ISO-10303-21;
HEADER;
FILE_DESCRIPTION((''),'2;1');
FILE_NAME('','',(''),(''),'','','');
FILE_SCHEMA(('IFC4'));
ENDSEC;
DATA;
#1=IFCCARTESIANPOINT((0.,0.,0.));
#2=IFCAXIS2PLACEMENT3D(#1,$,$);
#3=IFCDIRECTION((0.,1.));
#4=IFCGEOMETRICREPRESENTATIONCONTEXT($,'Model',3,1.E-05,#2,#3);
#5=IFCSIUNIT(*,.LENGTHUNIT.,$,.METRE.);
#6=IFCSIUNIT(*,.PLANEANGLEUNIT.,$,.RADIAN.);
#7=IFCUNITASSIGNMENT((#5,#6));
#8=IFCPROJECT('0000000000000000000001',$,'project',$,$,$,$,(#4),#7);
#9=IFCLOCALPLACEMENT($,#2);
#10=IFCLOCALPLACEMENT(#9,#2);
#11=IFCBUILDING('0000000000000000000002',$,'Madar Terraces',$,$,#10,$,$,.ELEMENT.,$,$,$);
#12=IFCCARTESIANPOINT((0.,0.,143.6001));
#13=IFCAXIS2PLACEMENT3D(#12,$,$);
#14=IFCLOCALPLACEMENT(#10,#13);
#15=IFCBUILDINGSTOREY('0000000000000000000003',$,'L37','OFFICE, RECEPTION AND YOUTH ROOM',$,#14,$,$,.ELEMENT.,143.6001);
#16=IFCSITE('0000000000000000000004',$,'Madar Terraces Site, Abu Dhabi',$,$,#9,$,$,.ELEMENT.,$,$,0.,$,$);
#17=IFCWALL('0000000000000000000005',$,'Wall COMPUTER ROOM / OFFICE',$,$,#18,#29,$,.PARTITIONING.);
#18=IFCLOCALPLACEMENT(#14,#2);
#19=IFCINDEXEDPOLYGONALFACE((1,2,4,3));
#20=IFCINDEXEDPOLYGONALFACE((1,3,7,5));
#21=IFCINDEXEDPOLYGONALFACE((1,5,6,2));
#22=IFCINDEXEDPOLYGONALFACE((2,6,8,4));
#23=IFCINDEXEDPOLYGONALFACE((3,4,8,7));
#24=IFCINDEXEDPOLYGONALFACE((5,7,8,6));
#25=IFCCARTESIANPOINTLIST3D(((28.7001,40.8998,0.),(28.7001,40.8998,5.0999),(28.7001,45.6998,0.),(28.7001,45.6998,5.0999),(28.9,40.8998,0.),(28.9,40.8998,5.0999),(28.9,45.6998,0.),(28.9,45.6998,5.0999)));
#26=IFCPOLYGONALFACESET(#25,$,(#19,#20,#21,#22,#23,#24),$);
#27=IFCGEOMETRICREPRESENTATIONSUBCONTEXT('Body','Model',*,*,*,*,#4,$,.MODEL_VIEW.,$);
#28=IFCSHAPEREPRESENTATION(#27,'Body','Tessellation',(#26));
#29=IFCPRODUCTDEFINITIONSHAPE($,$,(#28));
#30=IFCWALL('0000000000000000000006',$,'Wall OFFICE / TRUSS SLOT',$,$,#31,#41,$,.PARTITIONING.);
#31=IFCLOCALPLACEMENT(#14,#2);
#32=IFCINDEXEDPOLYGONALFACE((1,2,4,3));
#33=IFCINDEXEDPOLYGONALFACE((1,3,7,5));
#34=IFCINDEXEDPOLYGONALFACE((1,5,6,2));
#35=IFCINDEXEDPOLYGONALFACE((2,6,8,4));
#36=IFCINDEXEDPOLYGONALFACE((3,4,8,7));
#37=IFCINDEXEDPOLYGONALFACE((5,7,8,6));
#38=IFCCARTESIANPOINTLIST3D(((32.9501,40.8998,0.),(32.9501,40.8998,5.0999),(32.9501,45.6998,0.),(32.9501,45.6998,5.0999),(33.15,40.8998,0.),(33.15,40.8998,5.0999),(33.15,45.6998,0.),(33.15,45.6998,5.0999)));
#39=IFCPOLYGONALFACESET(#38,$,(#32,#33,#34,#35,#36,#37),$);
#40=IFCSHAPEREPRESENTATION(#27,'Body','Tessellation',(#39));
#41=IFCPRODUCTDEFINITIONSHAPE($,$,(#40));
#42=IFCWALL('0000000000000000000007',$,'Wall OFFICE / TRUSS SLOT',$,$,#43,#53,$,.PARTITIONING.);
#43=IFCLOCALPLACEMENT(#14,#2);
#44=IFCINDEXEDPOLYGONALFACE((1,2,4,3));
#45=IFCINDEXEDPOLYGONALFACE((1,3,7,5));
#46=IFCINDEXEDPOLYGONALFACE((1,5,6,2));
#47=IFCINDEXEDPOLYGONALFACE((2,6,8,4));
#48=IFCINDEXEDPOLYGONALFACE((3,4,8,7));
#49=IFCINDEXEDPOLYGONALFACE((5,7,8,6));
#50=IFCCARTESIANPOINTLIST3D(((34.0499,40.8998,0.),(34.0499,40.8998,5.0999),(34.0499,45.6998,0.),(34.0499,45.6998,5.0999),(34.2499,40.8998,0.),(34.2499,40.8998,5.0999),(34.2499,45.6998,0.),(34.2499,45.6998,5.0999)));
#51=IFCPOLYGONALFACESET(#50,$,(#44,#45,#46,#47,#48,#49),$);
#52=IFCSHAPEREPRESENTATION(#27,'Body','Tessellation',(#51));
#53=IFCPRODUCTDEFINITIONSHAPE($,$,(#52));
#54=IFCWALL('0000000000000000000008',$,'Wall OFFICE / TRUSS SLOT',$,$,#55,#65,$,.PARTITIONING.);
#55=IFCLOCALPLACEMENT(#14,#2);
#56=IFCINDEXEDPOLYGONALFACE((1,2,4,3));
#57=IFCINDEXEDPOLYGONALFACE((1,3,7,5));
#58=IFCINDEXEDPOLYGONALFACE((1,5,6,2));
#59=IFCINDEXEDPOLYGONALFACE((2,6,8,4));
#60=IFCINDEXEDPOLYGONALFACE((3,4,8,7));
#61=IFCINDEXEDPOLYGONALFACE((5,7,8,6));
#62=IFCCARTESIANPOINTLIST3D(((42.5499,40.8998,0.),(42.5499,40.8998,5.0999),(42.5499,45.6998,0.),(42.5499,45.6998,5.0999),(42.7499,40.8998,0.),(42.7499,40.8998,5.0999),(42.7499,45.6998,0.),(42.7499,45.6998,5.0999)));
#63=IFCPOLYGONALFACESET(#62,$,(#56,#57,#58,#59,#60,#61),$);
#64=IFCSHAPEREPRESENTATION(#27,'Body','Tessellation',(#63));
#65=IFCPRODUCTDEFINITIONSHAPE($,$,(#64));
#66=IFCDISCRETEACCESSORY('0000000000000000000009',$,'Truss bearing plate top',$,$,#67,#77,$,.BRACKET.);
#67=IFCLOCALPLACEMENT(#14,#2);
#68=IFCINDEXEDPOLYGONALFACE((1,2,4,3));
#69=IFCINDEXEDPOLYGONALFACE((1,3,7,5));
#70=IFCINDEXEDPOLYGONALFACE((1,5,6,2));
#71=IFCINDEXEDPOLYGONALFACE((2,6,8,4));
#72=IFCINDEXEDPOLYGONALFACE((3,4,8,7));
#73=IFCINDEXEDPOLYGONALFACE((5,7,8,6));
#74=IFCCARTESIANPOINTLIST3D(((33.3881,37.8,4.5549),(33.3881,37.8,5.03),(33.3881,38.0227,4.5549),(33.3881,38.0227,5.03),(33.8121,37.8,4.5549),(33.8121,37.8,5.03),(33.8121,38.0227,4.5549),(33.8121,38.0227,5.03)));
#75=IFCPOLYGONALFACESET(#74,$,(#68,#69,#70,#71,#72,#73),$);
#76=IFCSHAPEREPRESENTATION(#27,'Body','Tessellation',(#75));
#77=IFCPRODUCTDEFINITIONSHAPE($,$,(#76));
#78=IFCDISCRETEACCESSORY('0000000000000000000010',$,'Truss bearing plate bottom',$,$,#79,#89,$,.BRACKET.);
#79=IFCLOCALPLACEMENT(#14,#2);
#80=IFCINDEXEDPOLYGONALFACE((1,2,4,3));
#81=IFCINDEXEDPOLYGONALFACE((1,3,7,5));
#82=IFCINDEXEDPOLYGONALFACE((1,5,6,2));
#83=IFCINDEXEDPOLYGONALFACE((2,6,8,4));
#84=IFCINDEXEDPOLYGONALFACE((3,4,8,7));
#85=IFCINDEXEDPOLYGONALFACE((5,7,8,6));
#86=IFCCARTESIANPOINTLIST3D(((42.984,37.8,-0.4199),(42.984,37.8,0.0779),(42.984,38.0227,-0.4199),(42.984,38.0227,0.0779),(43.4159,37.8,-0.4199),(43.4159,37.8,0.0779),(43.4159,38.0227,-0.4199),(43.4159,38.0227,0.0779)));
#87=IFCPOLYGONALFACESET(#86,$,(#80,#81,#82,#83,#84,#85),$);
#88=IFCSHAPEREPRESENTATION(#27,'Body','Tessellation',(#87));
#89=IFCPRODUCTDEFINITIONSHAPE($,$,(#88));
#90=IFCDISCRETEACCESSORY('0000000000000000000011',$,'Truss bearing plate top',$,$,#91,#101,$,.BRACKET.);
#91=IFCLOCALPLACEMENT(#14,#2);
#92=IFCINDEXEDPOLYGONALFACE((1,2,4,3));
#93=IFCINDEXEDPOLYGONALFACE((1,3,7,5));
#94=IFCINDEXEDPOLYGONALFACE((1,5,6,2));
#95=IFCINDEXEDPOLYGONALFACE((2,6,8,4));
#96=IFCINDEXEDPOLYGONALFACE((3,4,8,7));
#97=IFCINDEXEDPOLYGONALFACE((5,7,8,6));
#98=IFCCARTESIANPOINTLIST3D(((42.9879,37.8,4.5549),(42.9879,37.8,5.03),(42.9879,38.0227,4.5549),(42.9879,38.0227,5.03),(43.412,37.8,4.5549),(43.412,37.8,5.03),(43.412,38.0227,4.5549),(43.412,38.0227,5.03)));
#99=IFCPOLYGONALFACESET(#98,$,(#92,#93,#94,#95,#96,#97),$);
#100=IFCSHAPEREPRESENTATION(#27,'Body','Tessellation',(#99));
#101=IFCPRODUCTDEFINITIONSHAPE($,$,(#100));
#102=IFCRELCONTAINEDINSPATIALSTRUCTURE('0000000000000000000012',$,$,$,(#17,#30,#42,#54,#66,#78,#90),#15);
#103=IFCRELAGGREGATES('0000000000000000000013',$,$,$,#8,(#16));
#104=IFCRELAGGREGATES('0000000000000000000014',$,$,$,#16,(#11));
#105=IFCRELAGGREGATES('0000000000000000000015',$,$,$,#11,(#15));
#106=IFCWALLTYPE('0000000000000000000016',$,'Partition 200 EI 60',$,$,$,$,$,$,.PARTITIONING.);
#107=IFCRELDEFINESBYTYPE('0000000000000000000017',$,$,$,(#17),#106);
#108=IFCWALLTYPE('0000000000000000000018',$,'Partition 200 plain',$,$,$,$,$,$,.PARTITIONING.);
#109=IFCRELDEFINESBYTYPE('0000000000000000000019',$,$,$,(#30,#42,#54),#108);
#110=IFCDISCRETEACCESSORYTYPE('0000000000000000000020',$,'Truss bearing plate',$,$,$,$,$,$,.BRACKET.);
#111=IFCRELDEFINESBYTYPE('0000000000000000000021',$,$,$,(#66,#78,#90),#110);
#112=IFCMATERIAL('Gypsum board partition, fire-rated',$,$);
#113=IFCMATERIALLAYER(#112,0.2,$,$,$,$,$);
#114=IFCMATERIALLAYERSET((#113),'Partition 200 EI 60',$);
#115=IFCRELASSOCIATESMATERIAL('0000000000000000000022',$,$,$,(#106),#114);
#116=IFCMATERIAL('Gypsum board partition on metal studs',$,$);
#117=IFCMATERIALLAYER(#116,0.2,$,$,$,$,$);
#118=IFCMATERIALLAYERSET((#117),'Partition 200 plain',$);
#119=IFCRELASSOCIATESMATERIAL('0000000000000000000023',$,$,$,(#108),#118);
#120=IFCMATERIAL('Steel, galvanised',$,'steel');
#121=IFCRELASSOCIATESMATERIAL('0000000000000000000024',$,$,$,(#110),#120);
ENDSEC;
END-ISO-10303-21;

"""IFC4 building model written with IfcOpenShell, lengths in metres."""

from ifc_helpers import new_model, si_unit, direction, frame, frame_2d, origin, origin_2d, place, context, subcontext, project, spatial, rectangle, extrude, material, layer, layer_set, type_object, element, save


model = new_model("IFC4")

# Units and contexts
model_context = context("Model", 3, precision=1e-05, world=origin(), true_north=direction((0.0, 1.0)))
body_context = subcontext(model_context, "Body", "Model", "MODEL_VIEW")
ifc_project = project(units=[si_unit("LENGTHUNIT", "METRE"), si_unit("PLANEANGLEUNIT", "RADIAN")], contexts=[model_context])

# Site, building, storey
site_placement = place(None, origin())
site = spatial("IfcSite", under=ifc_project, at=site_placement, Name="Madar Terraces Site, Abu Dhabi", CompositionType="ELEMENT", RefElevation=0.0)
building_placement = place(site_placement, origin())
building = spatial("IfcBuilding", under=site, at=building_placement, Name="Madar Terraces", CompositionType="ELEMENT")
storey_placement = place(building_placement, frame((0.0, 0.0, 143.6001)))
storey = spatial("IfcBuildingStorey", under=building, at=storey_placement, Name="L37", Description="OFFICE, RECEPTION AND YOUTH ROOM", CompositionType="ELEMENT", Elevation=143.6001)

# Shared definitions
ifc_material_1 = material(Name="Gypsum board partition, fire-rated")
ifc_layer_1 = layer(ifc_material_1, 0.2)
ifc_layer_set_1 = layer_set([ifc_layer_1], Name="Partition 200 EI 60")
wall_type_1 = type_object("IfcWallType", Name="Partition 200 EI 60", PredefinedType="PARTITIONING", material=ifc_layer_set_1)

# Walls
wall_1_placement = place(storey_placement, frame((28.8, 40.8999, 0.0), z_axis=(0.0, 0.0, 1.0), x_axis=(0.0, 1.0, 0.0)))
element("IfcWall", 1, at=wall_1_placement, inside=storey, type_object=wall_type_1, Name="Wall COMPUTER ROOM / OFFICE", PredefinedType="PARTITIONING", context=body_context, shape_type="SweptSolid", body=[
    extrude(rectangle(XDim=4.8, YDim=0.2, at=frame_2d((2.3999, 0.0))), origin(), (0.0, 0.0, 1.0), 5.0999),
])
ifc_material_2 = material(Name="Gypsum board partition on metal studs")
ifc_layer_2 = layer(ifc_material_2, 0.2)
ifc_layer_set_2 = layer_set([ifc_layer_2], Name="Partition 200 plain")
wall_type_2 = type_object("IfcWallType", Name="Partition 200 plain", PredefinedType="PARTITIONING", material=ifc_layer_set_2)
for number, where, z_axis, x_axis, name in (
    (2, (33.05, 40.8999, 0.0), (0.0, 0.0, 1.0), (0.0, 1.0, 0.0), "Wall OFFICE / TRUSS SLOT"),
    (3, (34.1499, 40.8999, 0.0), (0.0, 0.0, 1.0), (0.0, 1.0, 0.0), "Wall OFFICE / TRUSS SLOT"),
    (4, (42.6499, 40.8999, 0.0), (0.0, 0.0, 1.0), (0.0, 1.0, 0.0), "Wall OFFICE / TRUSS SLOT"),
):
    element("IfcWall", number, at=place(storey_placement, frame(where, z_axis=z_axis, x_axis=x_axis)), inside=storey, type_object=wall_type_2, Name=name, PredefinedType="PARTITIONING", context=body_context, shape_type="SweptSolid", body=[
        extrude(rectangle(XDim=4.8, YDim=0.2, at=frame_2d((2.3999, 0.0))), origin(), (0.0, 0.0, 1.0), 5.0999),
    ])

# Discrete accessories
ifc_material_3 = material(Name="Steel, galvanised", Category="steel")
discrete_accessory_type = type_object("IfcDiscreteAccessoryType", Name="Truss bearing plate", PredefinedType="BRACKET", material=ifc_material_3)
discrete_accessory_1_placement = place(storey_placement, frame((33.6001, 37.9114, 4.5549), z_axis=(0.0, 0.0, 1.0), x_axis=(1.0, 0.0, 0.0)))
element("IfcDiscreteAccessory", 5, at=discrete_accessory_1_placement, inside=storey, type_object=discrete_accessory_type, Name="Truss bearing plate top", PredefinedType="BRACKET", context=body_context, shape_type="SweptSolid", body=[
    extrude(rectangle(XDim=0.4241, YDim=0.2227, at=origin_2d()), origin(), (0.0, 0.0, 1.0), 0.4751),
])
discrete_accessory_2_placement = place(storey_placement, frame((43.2, 37.9114, -0.4199), z_axis=(0.0, 0.0, 1.0), x_axis=(1.0, 0.0, 0.0)))
element("IfcDiscreteAccessory", 6, at=discrete_accessory_2_placement, inside=storey, type_object=discrete_accessory_type, Name="Truss bearing plate bottom", PredefinedType="BRACKET", context=body_context, shape_type="SweptSolid", body=[
    extrude(rectangle(XDim=0.4319, YDim=0.2227, at=origin_2d()), origin(), (0.0, 0.0, 1.0), 0.4978),
])
discrete_accessory_3_placement = place(storey_placement, frame((43.2, 37.9114, 4.5549), z_axis=(0.0, 0.0, 1.0), x_axis=(1.0, 0.0, 0.0)))
element("IfcDiscreteAccessory", 7, at=discrete_accessory_3_placement, inside=storey, type_object=discrete_accessory_type, Name="Truss bearing plate top", PredefinedType="BRACKET", context=body_context, shape_type="SweptSolid", body=[
    extrude(rectangle(XDim=0.4241, YDim=0.2227, at=origin_2d()), origin(), (0.0, 0.0, 1.0), 0.4751),
])

save(model, "model.ifc")
